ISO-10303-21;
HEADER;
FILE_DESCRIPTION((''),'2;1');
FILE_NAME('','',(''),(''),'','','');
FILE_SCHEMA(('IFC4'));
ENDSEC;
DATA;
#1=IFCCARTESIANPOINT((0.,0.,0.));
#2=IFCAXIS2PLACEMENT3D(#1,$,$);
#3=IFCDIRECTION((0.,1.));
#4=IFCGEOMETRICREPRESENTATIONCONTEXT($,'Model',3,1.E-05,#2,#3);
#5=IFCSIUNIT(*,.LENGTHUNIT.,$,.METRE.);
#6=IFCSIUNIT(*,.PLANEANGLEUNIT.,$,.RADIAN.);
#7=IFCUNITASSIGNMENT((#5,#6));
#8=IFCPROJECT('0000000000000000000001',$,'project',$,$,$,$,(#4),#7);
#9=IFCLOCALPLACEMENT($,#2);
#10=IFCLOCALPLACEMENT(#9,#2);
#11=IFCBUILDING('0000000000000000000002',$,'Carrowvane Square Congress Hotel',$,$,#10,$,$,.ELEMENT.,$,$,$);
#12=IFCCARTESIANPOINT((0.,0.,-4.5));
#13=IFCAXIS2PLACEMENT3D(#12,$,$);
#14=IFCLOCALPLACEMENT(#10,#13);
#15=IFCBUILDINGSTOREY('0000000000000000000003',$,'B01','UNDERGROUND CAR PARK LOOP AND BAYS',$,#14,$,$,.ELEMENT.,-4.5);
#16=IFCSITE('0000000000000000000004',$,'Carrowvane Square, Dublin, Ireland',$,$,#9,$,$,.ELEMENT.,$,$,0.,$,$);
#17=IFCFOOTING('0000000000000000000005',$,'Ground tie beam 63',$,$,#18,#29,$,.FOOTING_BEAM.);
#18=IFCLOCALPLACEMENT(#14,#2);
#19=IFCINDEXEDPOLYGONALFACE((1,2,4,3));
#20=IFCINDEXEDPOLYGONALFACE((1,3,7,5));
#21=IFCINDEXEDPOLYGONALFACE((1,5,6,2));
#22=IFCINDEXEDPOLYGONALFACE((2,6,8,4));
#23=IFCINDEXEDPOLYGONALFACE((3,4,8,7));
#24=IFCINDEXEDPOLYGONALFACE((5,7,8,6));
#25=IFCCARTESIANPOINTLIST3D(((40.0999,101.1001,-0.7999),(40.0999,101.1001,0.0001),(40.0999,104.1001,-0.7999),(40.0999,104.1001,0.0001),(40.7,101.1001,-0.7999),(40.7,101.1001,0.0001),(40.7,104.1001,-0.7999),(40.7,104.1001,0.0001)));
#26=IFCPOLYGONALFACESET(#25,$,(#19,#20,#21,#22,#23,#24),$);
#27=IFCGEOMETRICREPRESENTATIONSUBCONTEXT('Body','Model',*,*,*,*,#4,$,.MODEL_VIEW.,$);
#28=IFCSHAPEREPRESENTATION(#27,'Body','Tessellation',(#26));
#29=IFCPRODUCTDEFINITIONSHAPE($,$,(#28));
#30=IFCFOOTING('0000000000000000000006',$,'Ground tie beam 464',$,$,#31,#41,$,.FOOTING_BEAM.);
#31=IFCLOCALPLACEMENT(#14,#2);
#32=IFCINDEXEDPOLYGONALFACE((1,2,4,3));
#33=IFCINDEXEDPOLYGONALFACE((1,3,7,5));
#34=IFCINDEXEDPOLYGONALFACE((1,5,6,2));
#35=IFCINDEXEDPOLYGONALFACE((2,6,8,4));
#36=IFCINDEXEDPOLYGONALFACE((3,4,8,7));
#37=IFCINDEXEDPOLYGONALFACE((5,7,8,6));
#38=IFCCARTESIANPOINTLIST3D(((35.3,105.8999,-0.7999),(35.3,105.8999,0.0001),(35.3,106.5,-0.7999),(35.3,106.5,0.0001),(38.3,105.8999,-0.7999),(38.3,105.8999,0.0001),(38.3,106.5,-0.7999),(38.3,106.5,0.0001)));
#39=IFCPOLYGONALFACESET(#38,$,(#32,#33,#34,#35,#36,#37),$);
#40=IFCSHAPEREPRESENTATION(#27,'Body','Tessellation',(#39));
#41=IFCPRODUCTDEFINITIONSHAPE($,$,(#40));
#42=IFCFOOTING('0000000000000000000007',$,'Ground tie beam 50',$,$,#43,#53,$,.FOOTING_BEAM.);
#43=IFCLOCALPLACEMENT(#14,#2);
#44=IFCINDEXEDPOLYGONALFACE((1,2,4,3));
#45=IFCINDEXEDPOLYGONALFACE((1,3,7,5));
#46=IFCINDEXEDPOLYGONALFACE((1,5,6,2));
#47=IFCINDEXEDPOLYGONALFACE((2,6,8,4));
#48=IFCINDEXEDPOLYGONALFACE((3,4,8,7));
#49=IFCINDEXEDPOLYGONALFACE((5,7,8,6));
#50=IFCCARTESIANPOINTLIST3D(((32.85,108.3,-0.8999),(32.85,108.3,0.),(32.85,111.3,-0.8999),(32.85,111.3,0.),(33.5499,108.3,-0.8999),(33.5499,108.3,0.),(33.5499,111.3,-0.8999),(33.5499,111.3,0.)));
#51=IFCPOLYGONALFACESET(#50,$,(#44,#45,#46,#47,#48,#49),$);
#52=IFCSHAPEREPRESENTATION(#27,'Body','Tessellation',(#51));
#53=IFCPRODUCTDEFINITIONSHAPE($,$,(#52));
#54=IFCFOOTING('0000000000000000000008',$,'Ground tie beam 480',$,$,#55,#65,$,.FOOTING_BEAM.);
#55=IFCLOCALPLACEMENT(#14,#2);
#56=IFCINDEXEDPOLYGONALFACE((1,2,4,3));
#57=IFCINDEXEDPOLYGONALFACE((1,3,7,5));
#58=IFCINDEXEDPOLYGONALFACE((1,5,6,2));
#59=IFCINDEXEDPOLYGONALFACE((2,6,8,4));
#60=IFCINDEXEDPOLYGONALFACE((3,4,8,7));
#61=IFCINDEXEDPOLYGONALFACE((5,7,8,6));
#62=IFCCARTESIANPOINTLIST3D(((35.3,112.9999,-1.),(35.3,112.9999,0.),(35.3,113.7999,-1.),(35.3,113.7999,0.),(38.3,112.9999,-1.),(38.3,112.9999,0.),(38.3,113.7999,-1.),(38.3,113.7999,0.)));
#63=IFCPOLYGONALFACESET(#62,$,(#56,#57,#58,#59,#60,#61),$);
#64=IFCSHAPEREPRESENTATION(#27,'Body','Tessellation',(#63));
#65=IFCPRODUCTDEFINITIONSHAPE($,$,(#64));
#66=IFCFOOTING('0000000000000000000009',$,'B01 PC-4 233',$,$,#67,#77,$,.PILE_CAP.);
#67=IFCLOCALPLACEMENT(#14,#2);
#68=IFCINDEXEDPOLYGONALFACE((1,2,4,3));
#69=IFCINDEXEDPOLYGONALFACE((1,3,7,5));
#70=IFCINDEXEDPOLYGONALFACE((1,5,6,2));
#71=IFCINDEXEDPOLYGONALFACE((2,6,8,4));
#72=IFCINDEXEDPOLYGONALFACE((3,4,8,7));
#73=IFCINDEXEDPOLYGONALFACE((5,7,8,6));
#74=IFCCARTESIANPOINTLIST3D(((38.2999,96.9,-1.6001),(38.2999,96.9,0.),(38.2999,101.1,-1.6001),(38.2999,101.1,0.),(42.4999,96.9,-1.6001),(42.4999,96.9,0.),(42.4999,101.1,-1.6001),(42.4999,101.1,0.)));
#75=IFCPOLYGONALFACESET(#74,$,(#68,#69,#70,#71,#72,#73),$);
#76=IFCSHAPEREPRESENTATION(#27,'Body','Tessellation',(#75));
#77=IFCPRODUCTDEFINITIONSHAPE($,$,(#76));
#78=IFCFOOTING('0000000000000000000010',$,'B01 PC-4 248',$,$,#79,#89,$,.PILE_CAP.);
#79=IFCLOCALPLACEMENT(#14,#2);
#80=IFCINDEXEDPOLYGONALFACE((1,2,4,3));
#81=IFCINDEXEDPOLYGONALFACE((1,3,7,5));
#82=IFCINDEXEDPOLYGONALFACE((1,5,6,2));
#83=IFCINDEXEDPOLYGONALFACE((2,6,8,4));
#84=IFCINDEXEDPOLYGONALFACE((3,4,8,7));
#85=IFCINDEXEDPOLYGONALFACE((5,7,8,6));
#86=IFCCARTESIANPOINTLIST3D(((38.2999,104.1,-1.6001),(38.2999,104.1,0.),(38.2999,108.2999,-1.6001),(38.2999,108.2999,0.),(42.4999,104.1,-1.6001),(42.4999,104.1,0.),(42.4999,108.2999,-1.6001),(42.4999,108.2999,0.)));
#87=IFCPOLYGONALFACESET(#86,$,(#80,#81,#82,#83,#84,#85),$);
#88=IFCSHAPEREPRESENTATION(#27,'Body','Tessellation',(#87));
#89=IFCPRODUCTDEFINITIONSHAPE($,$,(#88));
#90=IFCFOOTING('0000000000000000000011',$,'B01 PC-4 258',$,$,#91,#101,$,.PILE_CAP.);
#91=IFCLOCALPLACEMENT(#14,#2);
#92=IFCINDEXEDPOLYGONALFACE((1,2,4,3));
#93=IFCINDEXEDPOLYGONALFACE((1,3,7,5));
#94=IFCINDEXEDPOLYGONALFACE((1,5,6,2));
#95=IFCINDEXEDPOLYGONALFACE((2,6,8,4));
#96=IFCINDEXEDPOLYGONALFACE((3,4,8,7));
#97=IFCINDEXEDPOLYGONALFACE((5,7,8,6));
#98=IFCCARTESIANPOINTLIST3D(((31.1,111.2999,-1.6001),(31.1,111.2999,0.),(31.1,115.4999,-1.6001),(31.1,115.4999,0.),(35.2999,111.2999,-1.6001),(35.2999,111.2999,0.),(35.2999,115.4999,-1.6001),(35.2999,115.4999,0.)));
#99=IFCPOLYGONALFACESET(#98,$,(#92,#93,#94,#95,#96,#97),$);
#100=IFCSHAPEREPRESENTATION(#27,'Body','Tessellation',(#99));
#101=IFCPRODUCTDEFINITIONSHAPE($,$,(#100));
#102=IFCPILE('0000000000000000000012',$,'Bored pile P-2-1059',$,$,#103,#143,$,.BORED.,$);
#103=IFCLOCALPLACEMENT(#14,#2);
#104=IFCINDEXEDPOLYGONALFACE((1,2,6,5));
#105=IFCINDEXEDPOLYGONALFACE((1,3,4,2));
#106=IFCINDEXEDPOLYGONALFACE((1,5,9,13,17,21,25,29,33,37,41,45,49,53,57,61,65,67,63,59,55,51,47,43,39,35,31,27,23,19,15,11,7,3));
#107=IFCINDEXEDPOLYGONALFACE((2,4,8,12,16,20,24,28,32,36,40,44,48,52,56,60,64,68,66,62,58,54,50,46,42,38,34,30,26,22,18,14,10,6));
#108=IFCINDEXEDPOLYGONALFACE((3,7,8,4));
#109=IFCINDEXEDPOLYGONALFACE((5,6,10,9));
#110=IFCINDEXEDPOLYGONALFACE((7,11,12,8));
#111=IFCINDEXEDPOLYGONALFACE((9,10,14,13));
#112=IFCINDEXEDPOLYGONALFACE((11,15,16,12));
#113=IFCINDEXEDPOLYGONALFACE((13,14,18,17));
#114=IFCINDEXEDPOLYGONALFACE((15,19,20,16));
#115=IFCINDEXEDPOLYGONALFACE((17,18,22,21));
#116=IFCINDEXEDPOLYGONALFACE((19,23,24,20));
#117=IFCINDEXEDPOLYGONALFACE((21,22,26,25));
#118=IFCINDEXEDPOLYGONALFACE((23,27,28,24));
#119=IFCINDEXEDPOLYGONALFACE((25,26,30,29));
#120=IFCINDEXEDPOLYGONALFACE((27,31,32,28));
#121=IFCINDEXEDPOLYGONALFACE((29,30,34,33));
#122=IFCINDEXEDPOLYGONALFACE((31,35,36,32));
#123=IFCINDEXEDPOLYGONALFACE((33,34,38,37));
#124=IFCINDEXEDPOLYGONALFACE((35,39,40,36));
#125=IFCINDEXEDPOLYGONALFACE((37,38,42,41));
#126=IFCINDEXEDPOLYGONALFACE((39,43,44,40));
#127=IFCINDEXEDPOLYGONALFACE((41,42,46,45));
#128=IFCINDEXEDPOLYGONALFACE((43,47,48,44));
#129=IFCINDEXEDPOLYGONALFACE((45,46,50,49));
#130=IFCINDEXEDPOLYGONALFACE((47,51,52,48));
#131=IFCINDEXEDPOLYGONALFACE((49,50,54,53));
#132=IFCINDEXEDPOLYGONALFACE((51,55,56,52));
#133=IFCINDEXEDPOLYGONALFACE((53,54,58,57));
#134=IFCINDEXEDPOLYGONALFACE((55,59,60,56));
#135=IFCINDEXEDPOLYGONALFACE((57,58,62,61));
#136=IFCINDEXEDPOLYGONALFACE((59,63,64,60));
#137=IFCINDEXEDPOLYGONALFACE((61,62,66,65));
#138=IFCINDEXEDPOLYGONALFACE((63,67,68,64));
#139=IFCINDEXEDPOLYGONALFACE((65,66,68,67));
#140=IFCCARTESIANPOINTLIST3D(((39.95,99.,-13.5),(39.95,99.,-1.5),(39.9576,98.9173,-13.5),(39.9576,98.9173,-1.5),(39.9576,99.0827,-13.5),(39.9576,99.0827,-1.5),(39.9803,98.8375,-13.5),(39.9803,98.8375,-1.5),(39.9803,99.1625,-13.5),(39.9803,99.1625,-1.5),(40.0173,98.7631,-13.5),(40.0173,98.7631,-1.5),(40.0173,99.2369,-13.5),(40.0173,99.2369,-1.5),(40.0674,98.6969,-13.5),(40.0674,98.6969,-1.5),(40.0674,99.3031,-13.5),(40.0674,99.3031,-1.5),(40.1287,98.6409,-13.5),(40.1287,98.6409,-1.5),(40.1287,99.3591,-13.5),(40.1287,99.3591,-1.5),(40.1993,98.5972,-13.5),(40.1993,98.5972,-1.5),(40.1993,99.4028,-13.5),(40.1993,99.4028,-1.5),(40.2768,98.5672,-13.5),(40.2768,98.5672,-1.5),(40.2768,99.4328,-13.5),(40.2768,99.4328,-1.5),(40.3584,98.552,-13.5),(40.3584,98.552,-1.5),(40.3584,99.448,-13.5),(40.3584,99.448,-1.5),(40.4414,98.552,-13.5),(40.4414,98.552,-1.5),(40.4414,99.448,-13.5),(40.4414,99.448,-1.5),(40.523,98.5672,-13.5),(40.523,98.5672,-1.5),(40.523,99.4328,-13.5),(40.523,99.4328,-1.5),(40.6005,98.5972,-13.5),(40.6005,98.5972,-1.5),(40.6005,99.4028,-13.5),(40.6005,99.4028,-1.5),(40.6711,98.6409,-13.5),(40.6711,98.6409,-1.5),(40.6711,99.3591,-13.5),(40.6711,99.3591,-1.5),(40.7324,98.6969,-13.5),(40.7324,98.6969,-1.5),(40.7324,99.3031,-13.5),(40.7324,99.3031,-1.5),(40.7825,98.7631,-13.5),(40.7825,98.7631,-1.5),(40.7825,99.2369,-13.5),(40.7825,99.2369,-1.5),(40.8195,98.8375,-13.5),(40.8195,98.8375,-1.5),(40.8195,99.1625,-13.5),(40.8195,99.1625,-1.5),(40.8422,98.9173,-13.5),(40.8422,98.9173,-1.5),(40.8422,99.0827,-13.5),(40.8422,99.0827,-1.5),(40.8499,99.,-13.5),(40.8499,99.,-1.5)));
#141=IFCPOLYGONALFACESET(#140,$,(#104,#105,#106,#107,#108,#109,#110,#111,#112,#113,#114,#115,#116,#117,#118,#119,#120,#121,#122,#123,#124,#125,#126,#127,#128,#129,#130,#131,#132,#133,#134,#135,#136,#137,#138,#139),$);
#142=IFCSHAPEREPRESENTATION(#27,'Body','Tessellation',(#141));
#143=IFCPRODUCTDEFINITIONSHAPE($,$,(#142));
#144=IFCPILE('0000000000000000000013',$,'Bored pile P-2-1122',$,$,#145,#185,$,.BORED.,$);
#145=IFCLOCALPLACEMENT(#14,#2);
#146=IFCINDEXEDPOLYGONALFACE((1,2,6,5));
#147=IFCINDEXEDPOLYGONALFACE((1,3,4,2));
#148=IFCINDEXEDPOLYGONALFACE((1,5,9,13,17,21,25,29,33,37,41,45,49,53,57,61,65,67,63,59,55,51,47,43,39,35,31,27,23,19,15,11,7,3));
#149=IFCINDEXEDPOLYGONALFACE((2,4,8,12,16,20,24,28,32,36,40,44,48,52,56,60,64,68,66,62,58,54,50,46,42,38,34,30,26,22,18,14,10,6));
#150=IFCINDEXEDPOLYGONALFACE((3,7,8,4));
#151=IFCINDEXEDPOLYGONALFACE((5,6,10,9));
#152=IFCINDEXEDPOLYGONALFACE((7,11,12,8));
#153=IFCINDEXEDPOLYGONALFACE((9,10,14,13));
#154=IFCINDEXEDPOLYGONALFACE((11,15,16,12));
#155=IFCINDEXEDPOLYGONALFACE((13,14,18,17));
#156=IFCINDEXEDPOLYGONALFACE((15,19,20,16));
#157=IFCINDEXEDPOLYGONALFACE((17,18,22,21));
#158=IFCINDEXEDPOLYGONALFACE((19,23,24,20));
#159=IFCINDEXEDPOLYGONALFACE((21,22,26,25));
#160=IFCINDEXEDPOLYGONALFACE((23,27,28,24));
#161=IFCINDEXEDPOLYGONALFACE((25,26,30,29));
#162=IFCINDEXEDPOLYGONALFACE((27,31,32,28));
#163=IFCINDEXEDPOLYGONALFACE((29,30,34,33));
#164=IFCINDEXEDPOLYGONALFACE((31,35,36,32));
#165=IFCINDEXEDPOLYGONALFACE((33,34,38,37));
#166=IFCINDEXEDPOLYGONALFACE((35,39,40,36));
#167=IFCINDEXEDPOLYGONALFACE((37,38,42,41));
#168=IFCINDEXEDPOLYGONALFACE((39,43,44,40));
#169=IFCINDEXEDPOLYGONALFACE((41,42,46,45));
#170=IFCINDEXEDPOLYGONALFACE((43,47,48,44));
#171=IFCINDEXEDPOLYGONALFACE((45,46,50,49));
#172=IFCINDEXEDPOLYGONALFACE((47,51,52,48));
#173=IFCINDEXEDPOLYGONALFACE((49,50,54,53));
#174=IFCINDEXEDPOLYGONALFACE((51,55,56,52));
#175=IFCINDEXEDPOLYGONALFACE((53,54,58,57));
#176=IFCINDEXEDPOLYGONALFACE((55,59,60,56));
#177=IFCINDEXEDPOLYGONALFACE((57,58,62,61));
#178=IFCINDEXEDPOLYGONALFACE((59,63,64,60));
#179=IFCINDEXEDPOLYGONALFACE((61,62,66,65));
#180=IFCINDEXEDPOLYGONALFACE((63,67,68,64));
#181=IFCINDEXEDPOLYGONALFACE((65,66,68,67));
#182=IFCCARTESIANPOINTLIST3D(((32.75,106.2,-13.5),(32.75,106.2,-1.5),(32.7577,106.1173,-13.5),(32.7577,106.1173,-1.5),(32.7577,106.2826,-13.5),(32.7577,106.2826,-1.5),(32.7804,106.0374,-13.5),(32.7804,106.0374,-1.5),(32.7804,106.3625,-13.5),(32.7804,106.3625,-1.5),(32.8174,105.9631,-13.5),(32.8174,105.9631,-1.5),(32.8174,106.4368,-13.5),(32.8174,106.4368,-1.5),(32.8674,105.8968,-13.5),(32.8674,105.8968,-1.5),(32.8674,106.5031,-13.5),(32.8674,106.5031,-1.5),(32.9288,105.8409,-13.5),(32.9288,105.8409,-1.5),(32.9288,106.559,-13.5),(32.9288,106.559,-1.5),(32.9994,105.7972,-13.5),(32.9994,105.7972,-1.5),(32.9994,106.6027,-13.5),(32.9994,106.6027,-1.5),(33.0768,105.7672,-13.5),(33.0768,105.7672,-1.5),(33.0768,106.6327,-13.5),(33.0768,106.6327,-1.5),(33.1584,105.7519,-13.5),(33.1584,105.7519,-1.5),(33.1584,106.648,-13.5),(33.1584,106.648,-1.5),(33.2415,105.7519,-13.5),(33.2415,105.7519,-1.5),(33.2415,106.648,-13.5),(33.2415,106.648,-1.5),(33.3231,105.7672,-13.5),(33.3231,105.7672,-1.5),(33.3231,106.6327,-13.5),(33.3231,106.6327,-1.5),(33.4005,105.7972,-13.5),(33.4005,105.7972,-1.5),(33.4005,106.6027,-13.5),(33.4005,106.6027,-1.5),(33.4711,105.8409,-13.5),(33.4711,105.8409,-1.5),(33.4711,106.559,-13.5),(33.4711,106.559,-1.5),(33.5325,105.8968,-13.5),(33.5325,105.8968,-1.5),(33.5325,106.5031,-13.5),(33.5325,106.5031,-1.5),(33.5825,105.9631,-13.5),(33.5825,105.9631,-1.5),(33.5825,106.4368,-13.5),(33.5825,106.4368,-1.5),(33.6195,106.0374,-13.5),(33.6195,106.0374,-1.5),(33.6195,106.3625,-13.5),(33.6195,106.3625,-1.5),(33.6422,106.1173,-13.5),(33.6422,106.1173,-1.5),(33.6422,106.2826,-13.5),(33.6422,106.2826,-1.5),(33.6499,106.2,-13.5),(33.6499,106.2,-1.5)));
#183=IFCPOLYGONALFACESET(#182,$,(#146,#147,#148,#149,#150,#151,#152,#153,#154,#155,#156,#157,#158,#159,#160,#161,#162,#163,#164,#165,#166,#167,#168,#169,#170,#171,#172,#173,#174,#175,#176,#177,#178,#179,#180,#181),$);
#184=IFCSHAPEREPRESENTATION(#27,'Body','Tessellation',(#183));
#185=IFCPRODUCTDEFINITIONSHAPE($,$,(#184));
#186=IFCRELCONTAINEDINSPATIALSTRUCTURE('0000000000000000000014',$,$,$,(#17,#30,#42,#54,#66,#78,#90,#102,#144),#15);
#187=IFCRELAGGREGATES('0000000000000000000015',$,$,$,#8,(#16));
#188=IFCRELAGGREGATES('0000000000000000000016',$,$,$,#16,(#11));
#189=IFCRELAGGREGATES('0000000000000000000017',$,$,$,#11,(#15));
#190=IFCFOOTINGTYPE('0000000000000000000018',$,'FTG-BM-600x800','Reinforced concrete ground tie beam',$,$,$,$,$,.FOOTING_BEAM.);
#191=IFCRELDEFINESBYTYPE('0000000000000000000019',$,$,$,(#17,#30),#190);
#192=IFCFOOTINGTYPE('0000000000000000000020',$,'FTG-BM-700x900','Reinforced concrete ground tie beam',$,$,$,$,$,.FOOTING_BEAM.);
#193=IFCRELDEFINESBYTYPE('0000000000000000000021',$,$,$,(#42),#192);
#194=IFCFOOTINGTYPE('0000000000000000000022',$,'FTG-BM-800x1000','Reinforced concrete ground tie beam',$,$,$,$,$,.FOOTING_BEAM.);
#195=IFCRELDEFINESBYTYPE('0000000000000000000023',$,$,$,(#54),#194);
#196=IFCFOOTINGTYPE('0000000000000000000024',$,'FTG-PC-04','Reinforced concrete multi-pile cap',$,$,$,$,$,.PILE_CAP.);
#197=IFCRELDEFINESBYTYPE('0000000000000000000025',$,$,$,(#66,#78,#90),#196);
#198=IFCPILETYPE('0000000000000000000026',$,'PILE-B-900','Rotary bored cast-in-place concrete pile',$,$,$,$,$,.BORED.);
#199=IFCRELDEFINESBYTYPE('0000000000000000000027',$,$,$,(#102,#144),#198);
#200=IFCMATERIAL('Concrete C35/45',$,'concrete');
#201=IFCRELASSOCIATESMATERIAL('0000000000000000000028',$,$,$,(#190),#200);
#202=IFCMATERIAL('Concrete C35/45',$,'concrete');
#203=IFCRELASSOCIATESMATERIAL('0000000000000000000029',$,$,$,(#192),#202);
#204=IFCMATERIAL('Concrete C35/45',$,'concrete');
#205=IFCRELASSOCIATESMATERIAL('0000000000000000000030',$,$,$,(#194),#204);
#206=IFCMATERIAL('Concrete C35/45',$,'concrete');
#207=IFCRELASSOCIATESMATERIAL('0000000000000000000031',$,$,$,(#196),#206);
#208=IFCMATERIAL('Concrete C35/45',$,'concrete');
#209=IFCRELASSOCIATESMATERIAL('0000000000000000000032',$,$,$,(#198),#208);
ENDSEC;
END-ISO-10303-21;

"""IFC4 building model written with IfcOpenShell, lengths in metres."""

from ifc_helpers import new_model, si_unit, direction, frame, origin, origin_2d, place, context, subcontext, project, spatial, rectangle, circle, extrude, material, material_profile, profile_set, type_object, element, save


model = new_model("IFC4")

# Units and contexts
model_context = context("Model", 3, precision=1e-05, world=origin(), true_north=direction((0.0, 1.0)))
body_context = subcontext(model_context, "Body", "Model", "MODEL_VIEW")
ifc_project = project(units=[si_unit("LENGTHUNIT", "METRE"), si_unit("PLANEANGLEUNIT", "RADIAN")], contexts=[model_context])

# Site, building, storey
site_placement = place(None, origin())
site = spatial("IfcSite", under=ifc_project, at=site_placement, Name="Carrowvane Square, Dublin, Ireland", CompositionType="ELEMENT", RefElevation=0.0)
building_placement = place(site_placement, origin())
building = spatial("IfcBuilding", under=site, at=building_placement, Name="Carrowvane Square Congress Hotel", CompositionType="ELEMENT")
storey_placement = place(building_placement, frame((0.0, 0.0, -4.5)))
storey = spatial("IfcBuildingStorey", under=building, at=storey_placement, Name="B01", Description="UNDERGROUND CAR PARK LOOP AND BAYS", CompositionType="ELEMENT", Elevation=-4.5)

# Footings
ifc_material_1 = material(Name="Concrete C35/45", Category="concrete")
ifc_material_profile_1 = material_profile(ifc_material_1, rectangle(XDim=0.6001, YDim=0.8, at=origin_2d()), Name="RC 600x800")
ifc_profile_set_1 = profile_set([ifc_material_profile_1], Name="Concrete C35/45")
footing_type_1 = type_object("IfcFootingType", Name="FTG-BM-600x800", Description="Reinforced concrete ground tie beam", PredefinedType="FOOTING_BEAM", material=ifc_profile_set_1)
for number, where, z_axis, x_axis, name in (
    (1, (40.3999, 101.1001, -0.3999), (0.0, 1.0, 0.0), (-1.0, 0.0, 0.0), "Ground tie beam 63"),
    (2, (35.3, 106.2, -0.3999), (1.0, 0.0, 0.0), (0.0, 1.0, 0.0), "Ground tie beam 464"),
):
    element("IfcFooting", number, at=place(storey_placement, frame(where, z_axis=z_axis, x_axis=x_axis)), inside=storey, type_object=footing_type_1, Name=name, PredefinedType="FOOTING_BEAM", context=body_context, shape_type="SweptSolid", body=[
        extrude(rectangle(XDim=0.6001, YDim=0.8, at=origin_2d()), origin(), (0.0, 0.0, 1.0), 3.0),
    ])
ifc_material_2 = material(Name="Concrete C35/45", Category="concrete")
ifc_material_profile_2 = material_profile(ifc_material_2, rectangle(XDim=0.7, YDim=0.8999, at=origin_2d()), Name="RC 700x900")
ifc_profile_set_2 = profile_set([ifc_material_profile_2], Name="Concrete C35/45")
footing_type_2 = type_object("IfcFootingType", Name="FTG-BM-700x900", Description="Reinforced concrete ground tie beam", PredefinedType="FOOTING_BEAM", material=ifc_profile_set_2)
footing_1_placement = place(storey_placement, frame((33.2, 108.3, -0.45), z_axis=(0.0, 1.0, 0.0), x_axis=(-1.0, 0.0, 0.0)))
element("IfcFooting", 3, at=footing_1_placement, inside=storey, type_object=footing_type_2, Name="Ground tie beam 50", PredefinedType="FOOTING_BEAM", context=body_context, shape_type="SweptSolid", body=[
    extrude(rectangle(XDim=0.7, YDim=0.8999, at=origin_2d()), origin(), (0.0, 0.0, 1.0), 3.0),
])
ifc_material_3 = material(Name="Concrete C35/45", Category="concrete")
ifc_material_profile_3 = material_profile(ifc_material_3, rectangle(XDim=0.8, YDim=1.0, at=origin_2d()), Name="RC 800x1000")
ifc_profile_set_3 = profile_set([ifc_material_profile_3], Name="Concrete C35/45")
footing_type_3 = type_object("IfcFootingType", Name="FTG-BM-800x1000", Description="Reinforced concrete ground tie beam", PredefinedType="FOOTING_BEAM", material=ifc_profile_set_3)
footing_2_placement = place(storey_placement, frame((35.3, 113.3999, -0.5), z_axis=(1.0, 0.0, 0.0), x_axis=(0.0, 1.0, 0.0)))
element("IfcFooting", 4, at=footing_2_placement, inside=storey, type_object=footing_type_3, Name="Ground tie beam 480", PredefinedType="FOOTING_BEAM", context=body_context, shape_type="SweptSolid", body=[
    extrude(rectangle(XDim=0.8, YDim=1.0, at=origin_2d()), origin(), (0.0, 0.0, 1.0), 3.0),
])
ifc_material_4 = material(Name="Concrete C35/45", Category="concrete")
footing_type_4 = type_object("IfcFootingType", Name="FTG-PC-04", Description="Reinforced concrete multi-pile cap", PredefinedType="PILE_CAP", material=ifc_material_4)
for number, where, z_axis, x_axis, name in (
    (5, (40.3999, 99.0, -1.6001), (0.0, 0.0, 1.0), (1.0, 0.0, 0.0), "B01 PC-4 233"),
    (6, (40.3999, 106.2, -1.6001), (0.0, 0.0, 1.0), (1.0, 0.0, 0.0), "B01 PC-4 248"),
    (7, (33.2, 113.3999, -1.6001), (0.0, 0.0, 1.0), (1.0, 0.0, 0.0), "B01 PC-4 258"),
):
    element("IfcFooting", number, at=place(storey_placement, frame(where, z_axis=z_axis, x_axis=x_axis)), inside=storey, type_object=footing_type_4, Name=name, PredefinedType="PILE_CAP", context=body_context, shape_type="SweptSolid", body=[
        extrude(rectangle(XDim=4.2, YDim=4.2, at=origin_2d()), origin(), (0.0, 0.0, 1.0), 1.6001),
    ])

# Piles
ifc_material_5 = material(Name="Concrete C35/45", Category="concrete")
ifc_material_profile_4 = material_profile(ifc_material_5, circle(Radius=0.45, at=origin_2d()), Name="PILE D900")
ifc_profile_set_4 = profile_set([ifc_material_profile_4], Name="Concrete C35/45")
pile_type = type_object("IfcPileType", Name="PILE-B-900", Description="Rotary bored cast-in-place concrete pile", PredefinedType="BORED", material=ifc_profile_set_4)
for number, where, z_axis, x_axis, name in (
    (8, (40.3999, 99.0, -1.5), (0.0, 0.0, -1.0), (1.0, 0.0, 0.0), "Bored pile P-2-1059"),
    (9, (33.2, 106.2, -1.5), (0.0, 0.0, -1.0), (1.0, 0.0, 0.0), "Bored pile P-2-1122"),
):
    element("IfcPile", number, at=place(storey_placement, frame(where, z_axis=z_axis, x_axis=x_axis)), inside=storey, type_object=pile_type, Name=name, PredefinedType="BORED", context=body_context, shape_type="SweptSolid", body=[
        extrude(circle(Radius=0.45, at=origin_2d()), origin(), (0.0, 0.0, 1.0), 12.0),
    ])

save(model, "model.ifc")
